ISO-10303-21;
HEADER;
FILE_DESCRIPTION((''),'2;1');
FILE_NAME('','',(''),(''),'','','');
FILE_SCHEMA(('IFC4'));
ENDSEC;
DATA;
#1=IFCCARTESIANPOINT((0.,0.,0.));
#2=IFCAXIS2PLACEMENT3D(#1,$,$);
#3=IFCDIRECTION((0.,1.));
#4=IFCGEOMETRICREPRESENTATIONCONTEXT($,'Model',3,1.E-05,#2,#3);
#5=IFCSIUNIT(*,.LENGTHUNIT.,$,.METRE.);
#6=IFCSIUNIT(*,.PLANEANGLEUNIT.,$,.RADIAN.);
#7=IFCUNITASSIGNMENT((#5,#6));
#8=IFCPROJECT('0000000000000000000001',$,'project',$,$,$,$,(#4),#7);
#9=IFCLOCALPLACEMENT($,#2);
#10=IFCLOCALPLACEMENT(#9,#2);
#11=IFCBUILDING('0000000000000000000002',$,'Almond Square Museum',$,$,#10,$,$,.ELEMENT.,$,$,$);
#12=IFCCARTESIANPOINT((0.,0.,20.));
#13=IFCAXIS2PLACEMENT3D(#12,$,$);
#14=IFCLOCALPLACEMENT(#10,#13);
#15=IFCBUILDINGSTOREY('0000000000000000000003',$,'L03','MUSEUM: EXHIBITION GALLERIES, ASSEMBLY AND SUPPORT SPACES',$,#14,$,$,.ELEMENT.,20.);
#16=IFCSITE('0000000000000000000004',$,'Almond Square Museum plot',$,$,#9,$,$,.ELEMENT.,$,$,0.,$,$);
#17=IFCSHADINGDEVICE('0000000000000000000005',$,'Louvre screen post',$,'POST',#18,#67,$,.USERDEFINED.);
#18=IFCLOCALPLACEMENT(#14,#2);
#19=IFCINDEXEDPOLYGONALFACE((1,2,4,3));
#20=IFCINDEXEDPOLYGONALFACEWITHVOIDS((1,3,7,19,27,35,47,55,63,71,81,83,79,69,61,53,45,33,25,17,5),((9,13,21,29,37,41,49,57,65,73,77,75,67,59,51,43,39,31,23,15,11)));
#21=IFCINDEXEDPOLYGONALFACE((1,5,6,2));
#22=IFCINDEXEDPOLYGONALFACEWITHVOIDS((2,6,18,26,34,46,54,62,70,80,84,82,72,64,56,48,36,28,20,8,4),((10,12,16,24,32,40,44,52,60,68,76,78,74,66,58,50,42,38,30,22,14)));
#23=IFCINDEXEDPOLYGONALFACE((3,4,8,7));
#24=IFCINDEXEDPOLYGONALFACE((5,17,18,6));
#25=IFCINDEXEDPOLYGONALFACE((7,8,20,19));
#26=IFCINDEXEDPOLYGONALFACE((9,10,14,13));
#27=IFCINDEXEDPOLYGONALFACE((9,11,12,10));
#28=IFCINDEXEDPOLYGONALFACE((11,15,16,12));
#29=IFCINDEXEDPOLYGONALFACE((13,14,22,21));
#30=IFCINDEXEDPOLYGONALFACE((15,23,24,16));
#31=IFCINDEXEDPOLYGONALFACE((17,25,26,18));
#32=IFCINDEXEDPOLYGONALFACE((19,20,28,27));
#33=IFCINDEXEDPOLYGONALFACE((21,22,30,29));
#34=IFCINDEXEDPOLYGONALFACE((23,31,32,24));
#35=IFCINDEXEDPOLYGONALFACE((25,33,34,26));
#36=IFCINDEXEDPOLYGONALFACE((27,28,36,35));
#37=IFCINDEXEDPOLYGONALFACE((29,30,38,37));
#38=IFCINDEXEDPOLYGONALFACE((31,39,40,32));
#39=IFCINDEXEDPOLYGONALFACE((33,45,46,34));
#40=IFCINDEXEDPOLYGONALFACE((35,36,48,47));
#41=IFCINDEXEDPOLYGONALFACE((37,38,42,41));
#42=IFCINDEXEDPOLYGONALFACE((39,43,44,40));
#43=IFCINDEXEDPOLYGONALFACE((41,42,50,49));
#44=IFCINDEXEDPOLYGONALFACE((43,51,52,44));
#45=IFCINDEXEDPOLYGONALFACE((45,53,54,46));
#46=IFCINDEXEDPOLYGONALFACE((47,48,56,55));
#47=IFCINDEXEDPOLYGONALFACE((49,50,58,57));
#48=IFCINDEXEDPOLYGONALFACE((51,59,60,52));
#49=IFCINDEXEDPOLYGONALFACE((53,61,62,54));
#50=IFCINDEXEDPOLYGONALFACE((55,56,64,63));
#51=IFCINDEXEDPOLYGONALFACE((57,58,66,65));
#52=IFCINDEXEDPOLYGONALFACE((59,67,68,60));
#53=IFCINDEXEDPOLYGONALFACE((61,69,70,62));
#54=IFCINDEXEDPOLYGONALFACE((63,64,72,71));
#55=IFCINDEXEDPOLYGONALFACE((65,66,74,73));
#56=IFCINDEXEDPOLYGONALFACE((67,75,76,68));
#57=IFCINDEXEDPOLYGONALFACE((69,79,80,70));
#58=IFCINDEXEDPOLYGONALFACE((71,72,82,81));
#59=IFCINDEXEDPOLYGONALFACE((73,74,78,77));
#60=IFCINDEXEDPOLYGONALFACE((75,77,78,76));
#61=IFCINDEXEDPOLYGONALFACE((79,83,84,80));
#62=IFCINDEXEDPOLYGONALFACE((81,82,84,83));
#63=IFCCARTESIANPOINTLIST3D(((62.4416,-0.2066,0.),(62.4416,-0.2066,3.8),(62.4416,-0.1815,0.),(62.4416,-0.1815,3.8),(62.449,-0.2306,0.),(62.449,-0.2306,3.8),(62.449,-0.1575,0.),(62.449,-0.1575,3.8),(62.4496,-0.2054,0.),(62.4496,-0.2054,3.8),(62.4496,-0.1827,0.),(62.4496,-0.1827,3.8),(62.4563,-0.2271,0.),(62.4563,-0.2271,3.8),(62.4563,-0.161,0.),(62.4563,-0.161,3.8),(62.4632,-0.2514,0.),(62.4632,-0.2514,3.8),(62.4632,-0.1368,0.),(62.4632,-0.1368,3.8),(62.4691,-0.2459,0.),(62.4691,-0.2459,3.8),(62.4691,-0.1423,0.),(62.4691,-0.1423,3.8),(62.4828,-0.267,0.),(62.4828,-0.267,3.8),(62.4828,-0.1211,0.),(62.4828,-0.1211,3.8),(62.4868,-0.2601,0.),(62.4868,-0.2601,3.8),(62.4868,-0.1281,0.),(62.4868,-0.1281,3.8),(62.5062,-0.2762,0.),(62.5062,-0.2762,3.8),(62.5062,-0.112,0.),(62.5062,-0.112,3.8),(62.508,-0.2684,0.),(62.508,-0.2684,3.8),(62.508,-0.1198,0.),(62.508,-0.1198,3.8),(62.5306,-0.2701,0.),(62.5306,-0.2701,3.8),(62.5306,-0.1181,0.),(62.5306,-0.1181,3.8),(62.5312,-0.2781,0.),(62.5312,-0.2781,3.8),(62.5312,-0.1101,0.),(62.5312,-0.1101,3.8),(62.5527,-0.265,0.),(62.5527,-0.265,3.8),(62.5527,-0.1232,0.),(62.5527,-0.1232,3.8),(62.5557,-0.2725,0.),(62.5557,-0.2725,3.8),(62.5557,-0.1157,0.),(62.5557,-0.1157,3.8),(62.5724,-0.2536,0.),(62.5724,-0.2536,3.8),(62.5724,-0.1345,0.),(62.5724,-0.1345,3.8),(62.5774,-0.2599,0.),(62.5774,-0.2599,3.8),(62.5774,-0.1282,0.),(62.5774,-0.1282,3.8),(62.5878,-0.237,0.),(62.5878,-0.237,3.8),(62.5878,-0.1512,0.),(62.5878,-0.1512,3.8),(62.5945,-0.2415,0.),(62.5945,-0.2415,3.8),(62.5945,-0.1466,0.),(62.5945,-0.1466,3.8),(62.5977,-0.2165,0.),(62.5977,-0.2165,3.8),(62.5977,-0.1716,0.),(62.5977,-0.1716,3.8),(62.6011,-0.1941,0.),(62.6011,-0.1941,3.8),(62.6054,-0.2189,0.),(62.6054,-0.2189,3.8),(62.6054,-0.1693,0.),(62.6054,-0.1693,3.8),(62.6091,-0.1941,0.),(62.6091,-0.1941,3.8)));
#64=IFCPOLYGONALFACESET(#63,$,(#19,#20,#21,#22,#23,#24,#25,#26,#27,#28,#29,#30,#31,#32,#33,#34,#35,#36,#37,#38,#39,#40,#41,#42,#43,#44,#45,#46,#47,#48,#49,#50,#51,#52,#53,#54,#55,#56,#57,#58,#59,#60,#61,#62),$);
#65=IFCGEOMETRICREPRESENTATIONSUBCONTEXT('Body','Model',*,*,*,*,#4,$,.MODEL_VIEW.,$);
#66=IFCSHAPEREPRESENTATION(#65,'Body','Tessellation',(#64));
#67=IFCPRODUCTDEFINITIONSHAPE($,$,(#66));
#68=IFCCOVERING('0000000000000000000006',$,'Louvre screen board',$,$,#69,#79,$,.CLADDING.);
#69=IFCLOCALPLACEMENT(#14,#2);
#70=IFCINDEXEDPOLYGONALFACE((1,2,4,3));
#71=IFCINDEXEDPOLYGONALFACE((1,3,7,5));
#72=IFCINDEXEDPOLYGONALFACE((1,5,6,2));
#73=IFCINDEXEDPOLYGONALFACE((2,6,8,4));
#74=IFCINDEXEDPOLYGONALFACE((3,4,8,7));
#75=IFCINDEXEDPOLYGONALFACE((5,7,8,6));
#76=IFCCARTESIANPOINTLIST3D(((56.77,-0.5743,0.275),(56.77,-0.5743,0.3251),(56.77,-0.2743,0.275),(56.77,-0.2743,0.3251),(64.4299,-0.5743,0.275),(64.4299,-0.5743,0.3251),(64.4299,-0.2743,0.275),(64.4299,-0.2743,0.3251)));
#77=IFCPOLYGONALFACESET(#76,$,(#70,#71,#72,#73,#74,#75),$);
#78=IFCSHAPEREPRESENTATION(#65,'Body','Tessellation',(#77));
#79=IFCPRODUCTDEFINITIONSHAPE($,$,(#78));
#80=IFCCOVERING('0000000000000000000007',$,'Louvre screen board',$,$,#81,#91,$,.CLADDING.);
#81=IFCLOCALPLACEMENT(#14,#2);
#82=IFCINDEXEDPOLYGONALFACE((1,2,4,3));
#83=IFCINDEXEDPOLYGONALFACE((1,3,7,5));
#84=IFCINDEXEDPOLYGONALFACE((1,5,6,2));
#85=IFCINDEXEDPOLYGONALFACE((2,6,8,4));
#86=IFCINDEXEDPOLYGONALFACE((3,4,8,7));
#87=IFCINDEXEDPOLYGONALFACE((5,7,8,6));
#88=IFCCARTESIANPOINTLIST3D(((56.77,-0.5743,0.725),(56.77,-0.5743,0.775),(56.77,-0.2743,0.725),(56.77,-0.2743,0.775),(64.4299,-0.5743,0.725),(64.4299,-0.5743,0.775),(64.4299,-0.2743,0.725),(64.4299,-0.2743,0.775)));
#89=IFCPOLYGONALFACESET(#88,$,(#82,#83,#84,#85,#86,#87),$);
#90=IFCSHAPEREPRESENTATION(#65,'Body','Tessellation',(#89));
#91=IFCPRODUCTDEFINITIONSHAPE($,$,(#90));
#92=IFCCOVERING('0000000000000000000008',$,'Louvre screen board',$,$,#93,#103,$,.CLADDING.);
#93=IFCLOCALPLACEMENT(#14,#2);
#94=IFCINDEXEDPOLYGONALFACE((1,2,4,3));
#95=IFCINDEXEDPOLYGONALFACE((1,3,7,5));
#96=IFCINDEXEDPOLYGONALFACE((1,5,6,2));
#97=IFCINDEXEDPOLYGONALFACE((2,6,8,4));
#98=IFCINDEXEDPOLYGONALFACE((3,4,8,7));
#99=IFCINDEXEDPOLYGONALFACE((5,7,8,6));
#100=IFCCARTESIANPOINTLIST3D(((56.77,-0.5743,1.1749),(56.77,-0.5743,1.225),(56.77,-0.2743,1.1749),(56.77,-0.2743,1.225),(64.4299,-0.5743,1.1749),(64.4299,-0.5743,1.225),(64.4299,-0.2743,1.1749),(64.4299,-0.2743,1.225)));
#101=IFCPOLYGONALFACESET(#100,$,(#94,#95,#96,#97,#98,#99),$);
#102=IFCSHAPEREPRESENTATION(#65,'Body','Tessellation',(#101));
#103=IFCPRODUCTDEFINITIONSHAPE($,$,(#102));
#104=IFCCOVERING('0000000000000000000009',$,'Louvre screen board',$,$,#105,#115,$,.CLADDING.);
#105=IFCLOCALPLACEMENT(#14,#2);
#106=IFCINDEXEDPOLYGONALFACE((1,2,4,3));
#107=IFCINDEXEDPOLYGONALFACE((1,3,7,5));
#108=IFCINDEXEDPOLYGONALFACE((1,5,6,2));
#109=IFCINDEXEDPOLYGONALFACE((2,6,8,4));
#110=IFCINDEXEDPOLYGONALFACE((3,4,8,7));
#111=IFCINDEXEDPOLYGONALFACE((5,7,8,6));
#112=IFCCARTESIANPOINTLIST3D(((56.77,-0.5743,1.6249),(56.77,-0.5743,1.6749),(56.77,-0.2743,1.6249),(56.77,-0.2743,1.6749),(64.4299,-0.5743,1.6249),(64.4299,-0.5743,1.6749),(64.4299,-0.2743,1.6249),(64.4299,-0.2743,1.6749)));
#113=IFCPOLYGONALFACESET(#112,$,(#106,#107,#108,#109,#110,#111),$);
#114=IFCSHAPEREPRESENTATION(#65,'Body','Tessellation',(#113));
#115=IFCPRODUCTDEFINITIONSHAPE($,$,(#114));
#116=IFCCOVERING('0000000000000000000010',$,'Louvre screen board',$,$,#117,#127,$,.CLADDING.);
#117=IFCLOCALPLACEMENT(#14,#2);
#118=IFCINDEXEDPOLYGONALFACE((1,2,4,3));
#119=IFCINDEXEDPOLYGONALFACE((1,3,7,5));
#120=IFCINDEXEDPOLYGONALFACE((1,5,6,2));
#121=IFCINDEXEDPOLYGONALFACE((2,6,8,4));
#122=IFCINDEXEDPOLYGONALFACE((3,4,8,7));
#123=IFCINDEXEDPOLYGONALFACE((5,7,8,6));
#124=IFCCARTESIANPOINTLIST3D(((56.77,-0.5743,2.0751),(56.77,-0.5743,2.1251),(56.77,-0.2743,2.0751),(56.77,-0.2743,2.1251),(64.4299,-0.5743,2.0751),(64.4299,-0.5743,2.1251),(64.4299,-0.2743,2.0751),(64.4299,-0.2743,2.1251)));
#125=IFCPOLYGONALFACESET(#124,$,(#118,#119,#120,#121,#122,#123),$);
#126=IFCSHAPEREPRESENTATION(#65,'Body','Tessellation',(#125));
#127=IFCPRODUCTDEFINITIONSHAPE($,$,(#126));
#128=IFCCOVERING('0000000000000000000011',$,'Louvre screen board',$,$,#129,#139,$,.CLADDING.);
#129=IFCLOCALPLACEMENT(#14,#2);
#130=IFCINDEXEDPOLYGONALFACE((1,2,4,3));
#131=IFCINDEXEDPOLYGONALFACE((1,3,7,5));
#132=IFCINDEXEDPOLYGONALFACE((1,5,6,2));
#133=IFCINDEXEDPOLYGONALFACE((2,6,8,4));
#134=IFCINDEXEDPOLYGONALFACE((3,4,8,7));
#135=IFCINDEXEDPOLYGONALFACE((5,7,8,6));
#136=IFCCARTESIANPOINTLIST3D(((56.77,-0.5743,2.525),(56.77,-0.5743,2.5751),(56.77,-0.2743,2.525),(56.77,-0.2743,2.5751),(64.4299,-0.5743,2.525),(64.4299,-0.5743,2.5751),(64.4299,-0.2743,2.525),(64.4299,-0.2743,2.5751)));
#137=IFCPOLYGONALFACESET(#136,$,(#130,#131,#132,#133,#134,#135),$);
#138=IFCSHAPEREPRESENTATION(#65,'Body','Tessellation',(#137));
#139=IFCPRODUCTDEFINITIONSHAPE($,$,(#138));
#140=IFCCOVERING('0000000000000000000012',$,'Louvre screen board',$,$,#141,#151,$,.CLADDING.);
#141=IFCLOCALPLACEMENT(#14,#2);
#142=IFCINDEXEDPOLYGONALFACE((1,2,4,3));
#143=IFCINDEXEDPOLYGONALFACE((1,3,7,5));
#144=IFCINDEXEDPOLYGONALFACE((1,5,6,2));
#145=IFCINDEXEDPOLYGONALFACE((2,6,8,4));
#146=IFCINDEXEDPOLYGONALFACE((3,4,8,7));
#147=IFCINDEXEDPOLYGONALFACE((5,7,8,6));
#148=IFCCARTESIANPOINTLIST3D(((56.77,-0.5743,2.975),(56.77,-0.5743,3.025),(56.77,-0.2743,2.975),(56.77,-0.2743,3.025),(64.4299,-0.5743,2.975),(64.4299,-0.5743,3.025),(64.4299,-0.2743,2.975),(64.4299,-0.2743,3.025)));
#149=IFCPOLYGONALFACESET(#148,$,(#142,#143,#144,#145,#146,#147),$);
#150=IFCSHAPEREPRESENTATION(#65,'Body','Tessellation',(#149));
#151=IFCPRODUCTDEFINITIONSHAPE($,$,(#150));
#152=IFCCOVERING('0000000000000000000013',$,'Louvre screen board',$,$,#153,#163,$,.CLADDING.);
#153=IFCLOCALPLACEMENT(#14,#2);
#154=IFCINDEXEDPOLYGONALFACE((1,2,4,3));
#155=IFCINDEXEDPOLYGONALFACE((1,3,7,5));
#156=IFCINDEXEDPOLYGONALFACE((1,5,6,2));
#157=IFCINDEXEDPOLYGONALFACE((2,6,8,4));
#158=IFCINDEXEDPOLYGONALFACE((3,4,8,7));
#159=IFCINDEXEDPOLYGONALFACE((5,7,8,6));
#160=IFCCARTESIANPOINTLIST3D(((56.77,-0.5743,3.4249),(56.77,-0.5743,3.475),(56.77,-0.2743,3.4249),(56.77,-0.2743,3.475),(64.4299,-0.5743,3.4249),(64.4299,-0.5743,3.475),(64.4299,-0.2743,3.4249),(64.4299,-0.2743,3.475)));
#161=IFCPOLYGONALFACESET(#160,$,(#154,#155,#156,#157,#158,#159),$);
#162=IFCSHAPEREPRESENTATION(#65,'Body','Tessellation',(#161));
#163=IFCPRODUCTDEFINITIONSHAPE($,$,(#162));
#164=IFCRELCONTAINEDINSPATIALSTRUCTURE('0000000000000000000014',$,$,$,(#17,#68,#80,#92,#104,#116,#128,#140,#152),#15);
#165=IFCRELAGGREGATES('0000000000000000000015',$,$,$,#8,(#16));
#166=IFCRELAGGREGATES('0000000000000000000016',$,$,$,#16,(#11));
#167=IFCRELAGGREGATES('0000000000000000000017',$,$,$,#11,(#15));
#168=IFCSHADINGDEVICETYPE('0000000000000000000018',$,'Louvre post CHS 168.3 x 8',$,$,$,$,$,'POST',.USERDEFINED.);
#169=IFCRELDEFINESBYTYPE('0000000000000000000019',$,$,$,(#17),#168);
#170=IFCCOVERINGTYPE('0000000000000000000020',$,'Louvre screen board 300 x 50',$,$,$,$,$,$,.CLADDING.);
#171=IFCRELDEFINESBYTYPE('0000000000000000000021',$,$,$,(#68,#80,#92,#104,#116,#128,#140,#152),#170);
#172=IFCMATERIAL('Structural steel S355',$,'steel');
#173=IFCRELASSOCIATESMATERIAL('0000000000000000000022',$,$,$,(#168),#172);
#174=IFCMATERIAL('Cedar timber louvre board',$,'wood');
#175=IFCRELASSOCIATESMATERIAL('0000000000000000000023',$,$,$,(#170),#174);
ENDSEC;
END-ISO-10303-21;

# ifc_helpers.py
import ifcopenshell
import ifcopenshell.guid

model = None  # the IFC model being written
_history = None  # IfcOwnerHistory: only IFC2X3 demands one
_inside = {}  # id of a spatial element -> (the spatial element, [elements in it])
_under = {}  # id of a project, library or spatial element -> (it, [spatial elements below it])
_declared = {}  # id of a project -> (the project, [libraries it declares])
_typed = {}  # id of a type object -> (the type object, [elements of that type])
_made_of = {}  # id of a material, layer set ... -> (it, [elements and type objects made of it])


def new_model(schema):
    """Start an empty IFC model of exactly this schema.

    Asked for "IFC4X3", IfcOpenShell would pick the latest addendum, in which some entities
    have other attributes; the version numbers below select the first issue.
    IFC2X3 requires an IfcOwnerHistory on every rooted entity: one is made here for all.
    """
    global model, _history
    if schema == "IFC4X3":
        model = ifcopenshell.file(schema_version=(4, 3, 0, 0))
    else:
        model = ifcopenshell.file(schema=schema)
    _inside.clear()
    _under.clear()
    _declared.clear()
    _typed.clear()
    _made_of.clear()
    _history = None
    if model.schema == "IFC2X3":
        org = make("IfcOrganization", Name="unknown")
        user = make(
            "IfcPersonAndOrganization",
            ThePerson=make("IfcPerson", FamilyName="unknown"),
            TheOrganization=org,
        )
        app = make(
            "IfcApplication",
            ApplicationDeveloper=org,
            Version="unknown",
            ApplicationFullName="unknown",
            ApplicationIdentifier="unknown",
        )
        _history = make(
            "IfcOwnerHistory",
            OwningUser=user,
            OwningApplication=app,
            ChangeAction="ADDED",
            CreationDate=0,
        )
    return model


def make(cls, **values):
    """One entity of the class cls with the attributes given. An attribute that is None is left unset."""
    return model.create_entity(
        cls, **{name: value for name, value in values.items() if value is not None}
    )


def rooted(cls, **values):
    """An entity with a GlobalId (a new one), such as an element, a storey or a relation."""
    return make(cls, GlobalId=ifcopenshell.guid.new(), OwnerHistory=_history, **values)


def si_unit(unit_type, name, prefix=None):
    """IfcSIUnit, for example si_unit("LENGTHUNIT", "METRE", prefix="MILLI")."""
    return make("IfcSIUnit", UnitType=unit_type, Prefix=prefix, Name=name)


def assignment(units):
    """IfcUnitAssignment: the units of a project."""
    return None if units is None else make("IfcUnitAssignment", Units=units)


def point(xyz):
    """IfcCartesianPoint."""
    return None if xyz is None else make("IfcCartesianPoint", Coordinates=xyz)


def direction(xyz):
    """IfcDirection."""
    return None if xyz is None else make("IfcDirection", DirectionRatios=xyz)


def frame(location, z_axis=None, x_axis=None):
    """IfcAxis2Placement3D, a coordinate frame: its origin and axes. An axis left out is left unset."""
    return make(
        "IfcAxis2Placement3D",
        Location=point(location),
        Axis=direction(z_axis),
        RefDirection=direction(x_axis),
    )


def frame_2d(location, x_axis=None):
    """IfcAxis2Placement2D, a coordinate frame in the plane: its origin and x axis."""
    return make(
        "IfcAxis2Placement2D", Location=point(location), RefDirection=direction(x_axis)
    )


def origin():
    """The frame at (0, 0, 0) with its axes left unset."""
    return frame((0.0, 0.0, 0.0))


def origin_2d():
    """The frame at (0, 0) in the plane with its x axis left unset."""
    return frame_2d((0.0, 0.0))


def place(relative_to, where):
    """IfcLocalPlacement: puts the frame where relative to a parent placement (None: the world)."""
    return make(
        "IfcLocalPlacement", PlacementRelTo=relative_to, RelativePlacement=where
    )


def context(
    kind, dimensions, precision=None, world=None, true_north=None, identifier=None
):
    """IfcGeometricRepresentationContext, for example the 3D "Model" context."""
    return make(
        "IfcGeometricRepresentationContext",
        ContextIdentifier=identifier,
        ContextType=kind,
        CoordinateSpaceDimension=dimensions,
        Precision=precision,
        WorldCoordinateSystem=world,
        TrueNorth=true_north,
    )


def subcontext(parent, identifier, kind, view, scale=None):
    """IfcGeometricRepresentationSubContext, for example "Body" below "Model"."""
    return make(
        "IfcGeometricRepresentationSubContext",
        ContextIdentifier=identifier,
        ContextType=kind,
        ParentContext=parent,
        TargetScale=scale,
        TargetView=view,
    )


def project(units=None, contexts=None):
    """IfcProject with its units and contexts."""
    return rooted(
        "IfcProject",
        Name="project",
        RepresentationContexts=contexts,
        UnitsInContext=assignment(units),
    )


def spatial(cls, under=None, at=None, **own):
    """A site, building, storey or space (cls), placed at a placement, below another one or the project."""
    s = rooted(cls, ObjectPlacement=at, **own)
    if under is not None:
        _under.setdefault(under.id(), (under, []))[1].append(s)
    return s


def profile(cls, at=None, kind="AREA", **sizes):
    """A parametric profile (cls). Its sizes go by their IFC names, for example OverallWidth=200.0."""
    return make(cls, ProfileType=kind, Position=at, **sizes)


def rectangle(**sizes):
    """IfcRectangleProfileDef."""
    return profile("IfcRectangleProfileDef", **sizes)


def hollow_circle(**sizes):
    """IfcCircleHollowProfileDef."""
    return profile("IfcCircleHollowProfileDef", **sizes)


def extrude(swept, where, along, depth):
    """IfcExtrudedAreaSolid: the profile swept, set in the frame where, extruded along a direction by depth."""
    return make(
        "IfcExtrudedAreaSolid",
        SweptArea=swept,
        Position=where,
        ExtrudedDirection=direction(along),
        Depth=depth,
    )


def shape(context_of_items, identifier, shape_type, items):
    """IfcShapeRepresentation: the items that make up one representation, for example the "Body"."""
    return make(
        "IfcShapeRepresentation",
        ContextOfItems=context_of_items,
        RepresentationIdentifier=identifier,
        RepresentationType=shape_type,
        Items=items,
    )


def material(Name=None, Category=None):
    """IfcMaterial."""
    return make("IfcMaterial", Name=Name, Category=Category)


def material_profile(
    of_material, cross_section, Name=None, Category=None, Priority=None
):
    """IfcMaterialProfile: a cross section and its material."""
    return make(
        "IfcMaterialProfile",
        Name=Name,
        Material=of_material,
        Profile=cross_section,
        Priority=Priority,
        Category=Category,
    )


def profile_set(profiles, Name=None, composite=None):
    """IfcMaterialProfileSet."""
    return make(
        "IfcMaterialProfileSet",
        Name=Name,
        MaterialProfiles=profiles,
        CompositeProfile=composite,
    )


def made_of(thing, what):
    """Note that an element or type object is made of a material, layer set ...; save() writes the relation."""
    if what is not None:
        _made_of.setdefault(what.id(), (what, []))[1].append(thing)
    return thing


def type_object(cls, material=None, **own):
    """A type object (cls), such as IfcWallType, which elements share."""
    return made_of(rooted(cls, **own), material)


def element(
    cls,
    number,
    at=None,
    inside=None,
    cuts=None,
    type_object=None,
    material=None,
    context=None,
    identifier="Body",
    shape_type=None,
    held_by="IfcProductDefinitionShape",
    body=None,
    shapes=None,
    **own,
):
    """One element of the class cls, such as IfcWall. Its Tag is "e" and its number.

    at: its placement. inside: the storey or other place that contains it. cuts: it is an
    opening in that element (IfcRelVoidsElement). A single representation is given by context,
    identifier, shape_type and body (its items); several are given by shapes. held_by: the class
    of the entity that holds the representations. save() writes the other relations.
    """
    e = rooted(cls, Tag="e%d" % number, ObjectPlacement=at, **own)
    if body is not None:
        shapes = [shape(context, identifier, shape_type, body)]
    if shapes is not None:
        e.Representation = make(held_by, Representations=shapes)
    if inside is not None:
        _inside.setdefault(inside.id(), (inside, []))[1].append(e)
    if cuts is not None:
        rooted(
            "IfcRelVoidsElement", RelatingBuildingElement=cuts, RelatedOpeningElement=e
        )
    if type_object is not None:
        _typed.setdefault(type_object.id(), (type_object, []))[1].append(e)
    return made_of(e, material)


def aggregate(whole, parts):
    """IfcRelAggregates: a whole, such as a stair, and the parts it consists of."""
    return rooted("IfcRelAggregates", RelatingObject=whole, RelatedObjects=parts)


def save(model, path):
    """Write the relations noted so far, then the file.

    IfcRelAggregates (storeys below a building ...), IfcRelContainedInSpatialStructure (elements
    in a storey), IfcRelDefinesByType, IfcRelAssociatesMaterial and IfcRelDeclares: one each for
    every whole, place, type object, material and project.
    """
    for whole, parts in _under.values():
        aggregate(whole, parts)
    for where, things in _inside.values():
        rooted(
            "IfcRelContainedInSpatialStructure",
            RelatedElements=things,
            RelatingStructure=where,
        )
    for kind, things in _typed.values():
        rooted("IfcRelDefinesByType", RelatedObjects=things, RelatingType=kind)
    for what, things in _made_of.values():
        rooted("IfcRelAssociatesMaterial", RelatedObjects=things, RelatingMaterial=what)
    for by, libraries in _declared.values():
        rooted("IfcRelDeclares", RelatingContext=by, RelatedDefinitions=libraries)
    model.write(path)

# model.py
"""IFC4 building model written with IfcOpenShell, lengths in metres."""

from ifc_helpers import new_model, si_unit, direction, frame, origin, origin_2d, place, context, subcontext, project, spatial, rectangle, hollow_circle, extrude, material, material_profile, profile_set, type_object, element, save


model = new_model("IFC4")

# Units and contexts
model_context = context("Model", 3, precision=1e-05, world=origin(), true_north=direction((0.0, 1.0)))
body_context = subcontext(model_context, "Body", "Model", "MODEL_VIEW")
ifc_project = project(units=[si_unit("LENGTHUNIT", "METRE"), si_unit("PLANEANGLEUNIT", "RADIAN")], contexts=[model_context])

# Site, building, storey
site_placement = place(None, origin())
site = spatial("IfcSite", under=ifc_project, at=site_placement, Name="Almond Square Museum plot", CompositionType="ELEMENT", RefElevation=0.0)
building_placement = place(site_placement, origin())
building = spatial("IfcBuilding", under=site, at=building_placement, Name="Almond Square Museum", CompositionType="ELEMENT")
storey_placement = place(building_placement, frame((0.0, 0.0, 20.0)))
storey = spatial("IfcBuildingStorey", under=building, at=storey_placement, Name="L03", Description="MUSEUM: EXHIBITION GALLERIES, ASSEMBLY AND SUPPORT SPACES", CompositionType="ELEMENT", Elevation=20.0)

# Shading device
ifc_material_1 = material(Name="Structural steel S355", Category="steel")
ifc_material_profile_1 = material_profile(ifc_material_1, hollow_circle(Radius=0.0842, WallThickness=0.0081, at=origin_2d()))
ifc_profile_set_1 = profile_set([ifc_material_profile_1], Name="Structural steel S355")
shading_device_type = type_object("IfcShadingDeviceType", Name="Louvre post CHS 168.3 x 8", ElementType="POST", PredefinedType="USERDEFINED", material=ifc_profile_set_1)
for number, where, z_axis, x_axis, name in (
    (1, (62.5249, -0.1941, 0.0), (0.0, 0.0, 1.0), (1.0, 0.0, 0.0), "Louvre screen post"),
):
    element("IfcShadingDevice", number, at=place(storey_placement, frame(where, z_axis=z_axis, x_axis=x_axis)), inside=storey, type_object=shading_device_type, Name=name, ObjectType="POST", PredefinedType="USERDEFINED", context=body_context, shape_type="SweptSolid", body=[
        extrude(hollow_circle(Radius=0.0842, WallThickness=0.0081, at=origin_2d()), origin(), (0.0, 0.0, 1.0), 3.8),
    ])

# Coverings
ifc_material_2 = material(Name="Cedar timber louvre board", Category="wood")
ifc_material_profile_2 = material_profile(ifc_material_2, rectangle(XDim=0.3, YDim=0.05, at=origin_2d()))
ifc_profile_set_2 = profile_set([ifc_material_profile_2], Name="Cedar timber louvre board")
covering_type = type_object("IfcCoveringType", Name="Louvre screen board 300 x 50", PredefinedType="CLADDING", material=ifc_profile_set_2)
for number, where, z_axis, x_axis, name in (
    (2, (56.77, -0.4243, 0.3), (1.0, 0.0, 0.0), (0.0, 1.0, 0.0), "Louvre screen board"),
    (3, (56.77, -0.4243, 0.75), (1.0, 0.0, 0.0), (0.0, 1.0, 0.0), "Louvre screen board"),
    (4, (56.77, -0.4243, 1.2), (1.0, 0.0, 0.0), (0.0, 1.0, 0.0), "Louvre screen board"),
    (5, (56.77, -0.4243, 1.6499), (1.0, 0.0, 0.0), (0.0, 1.0, 0.0), "Louvre screen board"),
    (6, (56.77, -0.4243, 2.1001), (1.0, 0.0, 0.0), (0.0, 1.0, 0.0), "Louvre screen board"),
    (7, (56.77, -0.4243, 2.55), (1.0, 0.0, 0.0), (0.0, 1.0, 0.0), "Louvre screen board"),
    (8, (56.77, -0.4243, 3.0), (1.0, 0.0, 0.0), (0.0, 1.0, 0.0), "Louvre screen board"),
    (9, (56.77, -0.4243, 3.45), (1.0, 0.0, 0.0), (0.0, 1.0, 0.0), "Louvre screen board"),
):
    element("IfcCovering", number, at=place(storey_placement, frame(where, z_axis=z_axis, x_axis=x_axis)), inside=storey, type_object=covering_type, Name=name, PredefinedType="CLADDING", context=body_context, shape_type="SweptSolid", body=[
        extrude(rectangle(XDim=0.3, YDim=0.05, at=origin_2d()), origin(), (0.0, 0.0, 1.0), 7.6599),
    ])

save(model, "model.ifc")
